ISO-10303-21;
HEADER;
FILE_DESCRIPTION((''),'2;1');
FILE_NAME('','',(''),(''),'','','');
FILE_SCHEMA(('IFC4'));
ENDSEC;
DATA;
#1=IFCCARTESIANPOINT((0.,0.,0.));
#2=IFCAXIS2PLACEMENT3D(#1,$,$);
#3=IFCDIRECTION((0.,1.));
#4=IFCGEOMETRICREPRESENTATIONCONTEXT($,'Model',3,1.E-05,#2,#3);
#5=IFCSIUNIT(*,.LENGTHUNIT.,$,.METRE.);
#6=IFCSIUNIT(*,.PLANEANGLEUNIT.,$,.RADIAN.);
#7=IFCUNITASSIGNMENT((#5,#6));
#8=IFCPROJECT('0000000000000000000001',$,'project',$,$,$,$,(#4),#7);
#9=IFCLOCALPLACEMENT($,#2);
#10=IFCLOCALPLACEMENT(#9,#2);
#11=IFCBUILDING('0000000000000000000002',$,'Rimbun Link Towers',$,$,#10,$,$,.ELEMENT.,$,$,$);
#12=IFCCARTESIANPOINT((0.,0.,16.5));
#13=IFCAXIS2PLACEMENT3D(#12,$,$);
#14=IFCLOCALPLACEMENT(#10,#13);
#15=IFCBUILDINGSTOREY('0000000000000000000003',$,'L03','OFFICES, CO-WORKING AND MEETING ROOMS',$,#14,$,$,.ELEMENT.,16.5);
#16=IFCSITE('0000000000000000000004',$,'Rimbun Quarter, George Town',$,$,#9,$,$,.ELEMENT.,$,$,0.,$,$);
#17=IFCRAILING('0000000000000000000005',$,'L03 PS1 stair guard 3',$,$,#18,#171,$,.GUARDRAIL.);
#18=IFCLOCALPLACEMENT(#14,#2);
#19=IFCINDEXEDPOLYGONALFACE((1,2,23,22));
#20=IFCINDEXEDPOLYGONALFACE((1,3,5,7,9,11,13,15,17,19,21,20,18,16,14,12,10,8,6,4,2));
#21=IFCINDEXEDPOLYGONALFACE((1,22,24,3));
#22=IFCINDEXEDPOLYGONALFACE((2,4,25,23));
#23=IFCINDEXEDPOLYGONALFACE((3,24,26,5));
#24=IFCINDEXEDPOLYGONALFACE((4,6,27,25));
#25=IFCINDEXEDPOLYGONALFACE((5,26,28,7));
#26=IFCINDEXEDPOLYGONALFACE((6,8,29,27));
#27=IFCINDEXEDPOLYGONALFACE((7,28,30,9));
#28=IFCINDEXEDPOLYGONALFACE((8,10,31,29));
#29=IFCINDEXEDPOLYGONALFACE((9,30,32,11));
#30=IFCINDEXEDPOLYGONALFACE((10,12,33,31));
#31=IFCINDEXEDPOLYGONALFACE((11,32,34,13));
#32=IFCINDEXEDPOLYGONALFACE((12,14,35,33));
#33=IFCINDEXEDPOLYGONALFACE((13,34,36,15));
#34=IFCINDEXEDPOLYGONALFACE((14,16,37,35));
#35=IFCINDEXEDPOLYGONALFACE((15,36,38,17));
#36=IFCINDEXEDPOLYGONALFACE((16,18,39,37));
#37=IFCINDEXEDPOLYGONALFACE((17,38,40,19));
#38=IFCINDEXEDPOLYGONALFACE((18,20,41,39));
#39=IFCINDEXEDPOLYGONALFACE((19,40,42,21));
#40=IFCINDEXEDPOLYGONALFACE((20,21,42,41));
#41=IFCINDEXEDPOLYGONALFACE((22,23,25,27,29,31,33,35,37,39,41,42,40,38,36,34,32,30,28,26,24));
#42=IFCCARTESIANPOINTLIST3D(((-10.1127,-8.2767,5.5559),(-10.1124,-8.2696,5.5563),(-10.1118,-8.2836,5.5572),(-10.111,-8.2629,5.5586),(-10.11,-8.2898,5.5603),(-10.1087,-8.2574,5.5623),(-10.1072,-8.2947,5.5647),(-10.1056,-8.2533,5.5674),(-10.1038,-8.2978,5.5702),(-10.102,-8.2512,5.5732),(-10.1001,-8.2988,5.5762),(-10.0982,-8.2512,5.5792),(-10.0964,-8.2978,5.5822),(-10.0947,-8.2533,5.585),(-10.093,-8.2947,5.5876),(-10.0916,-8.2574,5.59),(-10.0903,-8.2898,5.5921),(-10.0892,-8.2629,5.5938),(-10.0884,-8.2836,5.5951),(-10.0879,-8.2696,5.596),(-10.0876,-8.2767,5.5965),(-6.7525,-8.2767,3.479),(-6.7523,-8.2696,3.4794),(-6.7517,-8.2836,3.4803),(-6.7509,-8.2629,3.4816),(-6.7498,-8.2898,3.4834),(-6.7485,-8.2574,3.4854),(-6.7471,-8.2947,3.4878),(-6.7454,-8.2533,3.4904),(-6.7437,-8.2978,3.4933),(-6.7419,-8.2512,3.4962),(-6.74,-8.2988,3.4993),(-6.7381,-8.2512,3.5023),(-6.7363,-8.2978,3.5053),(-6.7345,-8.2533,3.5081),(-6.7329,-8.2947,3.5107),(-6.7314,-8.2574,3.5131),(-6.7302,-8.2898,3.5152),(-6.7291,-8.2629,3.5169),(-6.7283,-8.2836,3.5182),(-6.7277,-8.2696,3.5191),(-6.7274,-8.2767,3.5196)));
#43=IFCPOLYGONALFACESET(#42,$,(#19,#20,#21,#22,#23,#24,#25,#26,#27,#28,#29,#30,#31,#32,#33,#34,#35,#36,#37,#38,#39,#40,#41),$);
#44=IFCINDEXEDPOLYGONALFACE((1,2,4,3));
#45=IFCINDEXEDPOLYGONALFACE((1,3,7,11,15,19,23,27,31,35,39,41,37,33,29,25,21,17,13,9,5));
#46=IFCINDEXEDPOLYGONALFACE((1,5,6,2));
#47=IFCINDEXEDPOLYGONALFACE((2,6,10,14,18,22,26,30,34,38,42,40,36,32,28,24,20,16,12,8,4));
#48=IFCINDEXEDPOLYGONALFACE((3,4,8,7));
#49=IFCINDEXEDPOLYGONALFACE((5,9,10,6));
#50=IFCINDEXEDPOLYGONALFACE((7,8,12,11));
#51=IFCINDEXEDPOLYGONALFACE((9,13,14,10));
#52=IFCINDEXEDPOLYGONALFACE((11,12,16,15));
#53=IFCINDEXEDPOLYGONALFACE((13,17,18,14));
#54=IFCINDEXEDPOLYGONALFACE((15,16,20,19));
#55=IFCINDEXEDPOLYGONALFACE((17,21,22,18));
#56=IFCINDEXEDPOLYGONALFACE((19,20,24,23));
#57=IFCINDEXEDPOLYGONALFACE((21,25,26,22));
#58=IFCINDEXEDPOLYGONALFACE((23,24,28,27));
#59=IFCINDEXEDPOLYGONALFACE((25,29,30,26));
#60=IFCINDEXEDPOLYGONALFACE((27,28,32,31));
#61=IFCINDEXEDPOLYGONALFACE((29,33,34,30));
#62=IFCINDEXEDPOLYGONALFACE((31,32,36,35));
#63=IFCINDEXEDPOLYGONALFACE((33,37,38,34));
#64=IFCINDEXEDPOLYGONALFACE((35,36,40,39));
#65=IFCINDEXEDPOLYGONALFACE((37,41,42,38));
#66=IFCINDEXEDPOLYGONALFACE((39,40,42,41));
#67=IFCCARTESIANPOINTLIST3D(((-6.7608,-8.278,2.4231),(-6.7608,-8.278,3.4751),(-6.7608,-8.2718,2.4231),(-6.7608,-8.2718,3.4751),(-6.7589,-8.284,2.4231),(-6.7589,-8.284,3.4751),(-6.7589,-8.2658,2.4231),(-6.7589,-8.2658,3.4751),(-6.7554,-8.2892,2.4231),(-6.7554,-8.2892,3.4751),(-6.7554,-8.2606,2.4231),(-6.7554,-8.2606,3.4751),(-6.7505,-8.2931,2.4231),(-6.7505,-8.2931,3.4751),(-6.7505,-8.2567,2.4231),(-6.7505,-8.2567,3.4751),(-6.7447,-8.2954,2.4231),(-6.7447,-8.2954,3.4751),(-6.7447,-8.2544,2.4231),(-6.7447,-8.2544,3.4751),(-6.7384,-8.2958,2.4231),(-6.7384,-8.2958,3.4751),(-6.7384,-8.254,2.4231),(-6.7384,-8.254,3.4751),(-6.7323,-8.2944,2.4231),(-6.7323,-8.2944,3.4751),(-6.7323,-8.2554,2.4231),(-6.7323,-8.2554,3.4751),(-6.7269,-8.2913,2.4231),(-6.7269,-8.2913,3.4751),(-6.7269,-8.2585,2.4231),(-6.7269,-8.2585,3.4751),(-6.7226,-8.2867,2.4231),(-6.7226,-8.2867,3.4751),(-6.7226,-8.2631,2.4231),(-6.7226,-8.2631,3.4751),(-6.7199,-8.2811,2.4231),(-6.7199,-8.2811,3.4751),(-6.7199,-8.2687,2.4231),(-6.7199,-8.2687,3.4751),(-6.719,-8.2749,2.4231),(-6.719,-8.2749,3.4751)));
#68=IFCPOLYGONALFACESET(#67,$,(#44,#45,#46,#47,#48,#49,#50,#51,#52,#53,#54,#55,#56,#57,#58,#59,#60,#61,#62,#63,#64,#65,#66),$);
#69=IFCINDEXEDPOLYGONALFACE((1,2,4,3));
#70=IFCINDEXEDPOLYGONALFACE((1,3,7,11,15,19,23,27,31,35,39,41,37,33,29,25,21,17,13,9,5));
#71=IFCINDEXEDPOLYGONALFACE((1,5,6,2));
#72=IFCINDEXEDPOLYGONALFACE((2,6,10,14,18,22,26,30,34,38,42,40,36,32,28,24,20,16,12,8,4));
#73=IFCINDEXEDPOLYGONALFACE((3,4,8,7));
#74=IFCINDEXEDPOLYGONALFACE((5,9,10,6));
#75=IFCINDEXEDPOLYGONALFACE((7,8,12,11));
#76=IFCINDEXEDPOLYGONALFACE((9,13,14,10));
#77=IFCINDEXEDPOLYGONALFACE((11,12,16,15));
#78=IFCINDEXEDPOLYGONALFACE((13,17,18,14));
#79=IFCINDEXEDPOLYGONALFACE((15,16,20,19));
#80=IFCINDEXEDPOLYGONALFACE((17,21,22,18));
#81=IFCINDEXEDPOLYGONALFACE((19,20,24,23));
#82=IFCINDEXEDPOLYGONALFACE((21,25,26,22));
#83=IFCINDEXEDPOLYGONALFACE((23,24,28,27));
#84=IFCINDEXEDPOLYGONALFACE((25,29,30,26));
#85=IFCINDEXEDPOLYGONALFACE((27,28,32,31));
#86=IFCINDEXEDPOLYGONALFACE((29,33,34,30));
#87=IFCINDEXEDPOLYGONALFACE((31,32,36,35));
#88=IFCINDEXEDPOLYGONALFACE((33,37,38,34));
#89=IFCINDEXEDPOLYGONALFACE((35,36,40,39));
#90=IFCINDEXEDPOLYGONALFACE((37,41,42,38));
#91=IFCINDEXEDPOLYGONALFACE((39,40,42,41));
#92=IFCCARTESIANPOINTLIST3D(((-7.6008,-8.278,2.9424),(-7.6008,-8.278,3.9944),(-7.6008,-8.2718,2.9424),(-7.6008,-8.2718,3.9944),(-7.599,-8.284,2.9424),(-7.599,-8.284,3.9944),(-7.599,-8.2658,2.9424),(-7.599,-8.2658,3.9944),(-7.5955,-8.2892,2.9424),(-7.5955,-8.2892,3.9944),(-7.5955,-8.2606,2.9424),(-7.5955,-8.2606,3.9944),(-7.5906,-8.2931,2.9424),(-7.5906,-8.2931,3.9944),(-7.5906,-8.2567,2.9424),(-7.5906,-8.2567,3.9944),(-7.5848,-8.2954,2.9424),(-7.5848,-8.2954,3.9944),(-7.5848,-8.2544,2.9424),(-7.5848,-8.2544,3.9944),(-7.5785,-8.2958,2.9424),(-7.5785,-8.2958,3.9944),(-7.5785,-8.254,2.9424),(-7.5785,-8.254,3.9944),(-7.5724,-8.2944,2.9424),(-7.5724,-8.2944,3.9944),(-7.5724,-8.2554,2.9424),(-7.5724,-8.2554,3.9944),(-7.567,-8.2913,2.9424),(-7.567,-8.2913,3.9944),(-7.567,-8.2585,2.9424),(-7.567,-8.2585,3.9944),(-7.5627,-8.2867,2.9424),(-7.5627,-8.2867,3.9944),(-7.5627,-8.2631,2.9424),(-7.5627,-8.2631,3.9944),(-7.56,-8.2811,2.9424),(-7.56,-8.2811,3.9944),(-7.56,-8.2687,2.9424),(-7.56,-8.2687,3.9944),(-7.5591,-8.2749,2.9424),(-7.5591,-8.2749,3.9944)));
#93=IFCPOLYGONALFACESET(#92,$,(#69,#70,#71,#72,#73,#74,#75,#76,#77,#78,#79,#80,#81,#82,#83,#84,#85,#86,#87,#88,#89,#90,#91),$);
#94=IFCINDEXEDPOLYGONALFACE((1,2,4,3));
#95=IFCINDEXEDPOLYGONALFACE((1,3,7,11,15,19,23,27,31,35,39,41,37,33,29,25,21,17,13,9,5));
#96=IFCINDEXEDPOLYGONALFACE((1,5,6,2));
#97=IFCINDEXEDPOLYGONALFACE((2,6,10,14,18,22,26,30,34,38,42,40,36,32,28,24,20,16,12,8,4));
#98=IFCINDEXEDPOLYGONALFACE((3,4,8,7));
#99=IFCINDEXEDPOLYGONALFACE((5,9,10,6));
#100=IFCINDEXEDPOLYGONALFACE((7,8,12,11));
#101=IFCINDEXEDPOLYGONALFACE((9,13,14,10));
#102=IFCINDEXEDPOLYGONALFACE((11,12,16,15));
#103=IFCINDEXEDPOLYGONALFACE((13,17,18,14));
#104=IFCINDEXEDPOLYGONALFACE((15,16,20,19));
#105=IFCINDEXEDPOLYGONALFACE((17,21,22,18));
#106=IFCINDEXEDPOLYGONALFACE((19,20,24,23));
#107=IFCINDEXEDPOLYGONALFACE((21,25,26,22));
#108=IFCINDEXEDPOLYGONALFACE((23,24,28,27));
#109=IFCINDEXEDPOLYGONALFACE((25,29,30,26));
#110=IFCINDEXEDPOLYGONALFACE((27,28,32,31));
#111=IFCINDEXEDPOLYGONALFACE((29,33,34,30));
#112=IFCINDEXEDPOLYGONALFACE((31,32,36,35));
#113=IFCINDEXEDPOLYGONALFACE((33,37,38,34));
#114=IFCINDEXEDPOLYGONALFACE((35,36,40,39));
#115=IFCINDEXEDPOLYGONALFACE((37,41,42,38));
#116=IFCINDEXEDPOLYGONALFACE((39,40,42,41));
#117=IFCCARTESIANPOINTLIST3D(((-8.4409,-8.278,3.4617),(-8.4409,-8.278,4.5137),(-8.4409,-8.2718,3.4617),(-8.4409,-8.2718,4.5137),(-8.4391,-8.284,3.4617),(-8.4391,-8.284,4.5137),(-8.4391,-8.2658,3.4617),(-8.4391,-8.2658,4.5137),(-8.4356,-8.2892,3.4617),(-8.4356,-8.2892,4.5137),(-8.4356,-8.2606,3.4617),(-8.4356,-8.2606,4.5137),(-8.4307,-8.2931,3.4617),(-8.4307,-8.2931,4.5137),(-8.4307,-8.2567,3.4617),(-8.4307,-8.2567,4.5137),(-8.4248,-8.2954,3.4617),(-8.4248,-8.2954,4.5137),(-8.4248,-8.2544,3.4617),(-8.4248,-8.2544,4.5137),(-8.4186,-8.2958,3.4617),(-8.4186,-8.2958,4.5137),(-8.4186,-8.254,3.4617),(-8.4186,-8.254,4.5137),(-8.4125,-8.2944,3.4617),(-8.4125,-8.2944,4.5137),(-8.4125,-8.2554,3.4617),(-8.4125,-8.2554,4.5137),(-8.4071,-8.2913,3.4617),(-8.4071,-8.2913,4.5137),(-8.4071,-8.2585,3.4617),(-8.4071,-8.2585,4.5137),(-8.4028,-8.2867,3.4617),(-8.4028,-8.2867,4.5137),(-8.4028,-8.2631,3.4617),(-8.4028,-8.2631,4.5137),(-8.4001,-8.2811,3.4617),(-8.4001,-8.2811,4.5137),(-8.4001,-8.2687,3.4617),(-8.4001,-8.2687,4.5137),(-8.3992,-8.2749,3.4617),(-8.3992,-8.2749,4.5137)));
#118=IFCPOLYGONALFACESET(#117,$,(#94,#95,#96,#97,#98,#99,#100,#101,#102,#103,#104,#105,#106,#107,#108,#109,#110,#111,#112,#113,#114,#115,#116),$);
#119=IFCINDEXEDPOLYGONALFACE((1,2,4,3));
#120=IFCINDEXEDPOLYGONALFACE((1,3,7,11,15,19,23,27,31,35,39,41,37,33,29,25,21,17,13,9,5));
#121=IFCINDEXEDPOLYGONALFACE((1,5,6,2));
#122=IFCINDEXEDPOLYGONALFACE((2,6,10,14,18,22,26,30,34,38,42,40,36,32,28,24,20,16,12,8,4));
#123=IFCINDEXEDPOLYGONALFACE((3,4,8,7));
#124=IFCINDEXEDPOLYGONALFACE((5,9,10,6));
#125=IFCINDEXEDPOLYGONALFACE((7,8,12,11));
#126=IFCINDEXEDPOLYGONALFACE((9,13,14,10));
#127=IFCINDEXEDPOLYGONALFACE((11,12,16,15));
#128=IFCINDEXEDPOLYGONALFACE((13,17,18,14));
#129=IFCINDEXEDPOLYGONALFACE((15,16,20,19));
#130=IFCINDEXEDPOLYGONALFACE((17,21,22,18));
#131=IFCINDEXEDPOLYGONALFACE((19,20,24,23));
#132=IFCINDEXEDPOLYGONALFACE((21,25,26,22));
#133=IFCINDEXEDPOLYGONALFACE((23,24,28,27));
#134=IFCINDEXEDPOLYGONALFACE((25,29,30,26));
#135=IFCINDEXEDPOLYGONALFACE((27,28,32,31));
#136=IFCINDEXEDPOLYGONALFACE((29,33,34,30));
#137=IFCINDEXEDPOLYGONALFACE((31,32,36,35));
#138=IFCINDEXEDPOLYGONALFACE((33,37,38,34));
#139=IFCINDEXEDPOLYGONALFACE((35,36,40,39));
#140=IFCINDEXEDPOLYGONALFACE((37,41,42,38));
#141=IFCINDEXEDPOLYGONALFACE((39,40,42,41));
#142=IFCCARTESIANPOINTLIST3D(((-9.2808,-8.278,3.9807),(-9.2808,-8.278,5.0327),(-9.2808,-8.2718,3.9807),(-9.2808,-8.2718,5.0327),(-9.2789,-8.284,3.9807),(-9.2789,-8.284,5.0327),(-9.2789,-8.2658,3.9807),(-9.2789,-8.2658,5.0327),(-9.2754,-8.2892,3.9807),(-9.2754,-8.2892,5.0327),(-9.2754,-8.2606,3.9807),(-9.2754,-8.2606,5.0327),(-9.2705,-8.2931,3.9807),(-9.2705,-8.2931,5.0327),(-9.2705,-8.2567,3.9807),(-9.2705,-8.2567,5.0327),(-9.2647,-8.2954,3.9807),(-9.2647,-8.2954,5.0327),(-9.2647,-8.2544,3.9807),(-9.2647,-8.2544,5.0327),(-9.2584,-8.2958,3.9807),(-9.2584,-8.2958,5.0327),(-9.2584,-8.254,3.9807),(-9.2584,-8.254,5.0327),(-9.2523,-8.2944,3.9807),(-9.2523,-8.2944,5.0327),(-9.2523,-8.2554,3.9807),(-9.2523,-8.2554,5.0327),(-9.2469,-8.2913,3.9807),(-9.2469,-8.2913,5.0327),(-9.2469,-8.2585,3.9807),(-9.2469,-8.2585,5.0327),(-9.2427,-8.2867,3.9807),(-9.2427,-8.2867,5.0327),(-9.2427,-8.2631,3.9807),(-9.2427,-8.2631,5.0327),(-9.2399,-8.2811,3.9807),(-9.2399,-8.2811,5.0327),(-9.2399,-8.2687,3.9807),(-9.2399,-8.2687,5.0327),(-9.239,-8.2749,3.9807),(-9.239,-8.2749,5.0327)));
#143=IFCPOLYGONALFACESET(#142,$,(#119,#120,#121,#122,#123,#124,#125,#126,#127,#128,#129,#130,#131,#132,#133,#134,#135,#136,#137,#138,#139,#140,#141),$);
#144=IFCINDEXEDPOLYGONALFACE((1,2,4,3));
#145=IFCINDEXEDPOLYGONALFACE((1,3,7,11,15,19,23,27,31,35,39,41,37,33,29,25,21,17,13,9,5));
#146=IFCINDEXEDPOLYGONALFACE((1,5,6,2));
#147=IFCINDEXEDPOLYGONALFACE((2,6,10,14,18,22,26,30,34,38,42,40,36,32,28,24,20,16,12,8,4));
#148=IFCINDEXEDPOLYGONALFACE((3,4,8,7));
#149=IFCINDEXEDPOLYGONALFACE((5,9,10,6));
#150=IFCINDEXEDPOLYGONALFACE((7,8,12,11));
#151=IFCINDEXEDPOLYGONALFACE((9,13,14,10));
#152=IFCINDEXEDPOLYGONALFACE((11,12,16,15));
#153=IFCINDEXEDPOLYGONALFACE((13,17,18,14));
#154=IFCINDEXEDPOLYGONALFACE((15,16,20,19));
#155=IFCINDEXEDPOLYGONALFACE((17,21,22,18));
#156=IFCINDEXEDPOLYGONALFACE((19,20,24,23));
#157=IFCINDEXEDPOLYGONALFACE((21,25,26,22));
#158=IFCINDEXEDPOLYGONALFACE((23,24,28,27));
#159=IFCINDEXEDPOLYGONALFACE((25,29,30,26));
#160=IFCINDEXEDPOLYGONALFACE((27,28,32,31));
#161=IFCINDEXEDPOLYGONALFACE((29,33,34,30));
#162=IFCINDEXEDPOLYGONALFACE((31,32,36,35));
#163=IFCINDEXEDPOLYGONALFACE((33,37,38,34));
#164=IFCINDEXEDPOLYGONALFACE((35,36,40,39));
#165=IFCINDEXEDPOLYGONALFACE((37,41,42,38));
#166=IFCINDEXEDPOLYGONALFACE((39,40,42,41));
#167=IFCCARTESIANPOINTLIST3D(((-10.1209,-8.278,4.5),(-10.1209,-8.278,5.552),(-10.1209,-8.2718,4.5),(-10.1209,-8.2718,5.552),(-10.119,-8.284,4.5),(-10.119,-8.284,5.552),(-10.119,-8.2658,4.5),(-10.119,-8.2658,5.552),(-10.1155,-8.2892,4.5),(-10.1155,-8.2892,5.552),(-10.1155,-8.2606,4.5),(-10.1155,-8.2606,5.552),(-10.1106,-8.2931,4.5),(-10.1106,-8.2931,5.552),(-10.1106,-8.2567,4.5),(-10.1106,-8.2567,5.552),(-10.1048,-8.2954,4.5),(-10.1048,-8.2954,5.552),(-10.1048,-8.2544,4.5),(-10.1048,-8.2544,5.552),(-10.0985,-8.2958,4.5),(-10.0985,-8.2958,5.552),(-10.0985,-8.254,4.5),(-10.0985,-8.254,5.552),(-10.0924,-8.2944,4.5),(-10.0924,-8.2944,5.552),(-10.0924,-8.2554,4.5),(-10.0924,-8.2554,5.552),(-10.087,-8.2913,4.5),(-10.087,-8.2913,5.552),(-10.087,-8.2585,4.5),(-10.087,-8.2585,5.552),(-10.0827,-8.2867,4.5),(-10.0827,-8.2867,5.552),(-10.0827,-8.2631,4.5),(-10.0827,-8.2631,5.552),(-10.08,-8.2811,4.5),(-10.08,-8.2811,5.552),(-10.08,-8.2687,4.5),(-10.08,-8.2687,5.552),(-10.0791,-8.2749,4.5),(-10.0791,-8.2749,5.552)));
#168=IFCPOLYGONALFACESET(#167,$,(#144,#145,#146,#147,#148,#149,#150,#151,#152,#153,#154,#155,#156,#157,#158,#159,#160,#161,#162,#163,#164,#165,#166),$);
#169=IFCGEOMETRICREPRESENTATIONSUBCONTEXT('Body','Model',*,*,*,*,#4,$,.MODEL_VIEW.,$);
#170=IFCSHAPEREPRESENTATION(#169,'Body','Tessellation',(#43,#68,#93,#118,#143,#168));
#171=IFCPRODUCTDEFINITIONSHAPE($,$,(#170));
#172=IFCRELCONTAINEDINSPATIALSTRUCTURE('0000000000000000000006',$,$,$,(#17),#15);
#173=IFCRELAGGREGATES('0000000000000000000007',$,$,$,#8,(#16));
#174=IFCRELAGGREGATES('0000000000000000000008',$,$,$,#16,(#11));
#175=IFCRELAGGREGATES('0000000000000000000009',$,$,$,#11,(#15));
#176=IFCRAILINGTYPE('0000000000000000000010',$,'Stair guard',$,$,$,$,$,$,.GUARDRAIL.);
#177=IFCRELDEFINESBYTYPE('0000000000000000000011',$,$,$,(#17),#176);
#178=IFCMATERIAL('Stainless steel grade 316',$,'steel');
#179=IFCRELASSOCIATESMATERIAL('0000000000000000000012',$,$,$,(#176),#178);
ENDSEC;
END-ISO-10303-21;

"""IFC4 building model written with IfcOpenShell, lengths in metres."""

from ifc_helpers import new_model, si_unit, direction, frame, origin, origin_2d, place, context, subcontext, project, spatial, circle, extrude, material, type_object, element, save


model = new_model("IFC4")

# Units and contexts
model_context = context("Model", 3, precision=1e-05, world=origin(), true_north=direction((0.0, 1.0)))
body_context = subcontext(model_context, "Body", "Model", "MODEL_VIEW")
ifc_project = project(units=[si_unit("LENGTHUNIT", "METRE"), si_unit("PLANEANGLEUNIT", "RADIAN")], contexts=[model_context])

# Site, building, storey
site_placement = place(None, origin())
site = spatial("IfcSite", under=ifc_project, at=site_placement, Name="Rimbun Quarter, George Town", CompositionType="ELEMENT", RefElevation=0.0)
building_placement = place(site_placement, origin())
building = spatial("IfcBuilding", under=site, at=building_placement, Name="Rimbun Link Towers", CompositionType="ELEMENT")
storey_placement = place(building_placement, frame((0.0, 0.0, 16.5)))
storey = spatial("IfcBuildingStorey", under=building, at=storey_placement, Name="L03", Description="OFFICES, CO-WORKING AND MEETING ROOMS", CompositionType="ELEMENT", Elevation=16.5)

# Railing
ifc_material_1 = material(Name="Stainless steel grade 316", Category="steel")
railing_type_1 = type_object("IfcRailingType", Name="Stair guard", PredefinedType="GUARDRAIL", material=ifc_material_1)
railing_1_placement = place(storey_placement, frame((-6.74, -8.2749, 2.4231)))
element("IfcRailing", 1, at=railing_1_placement, inside=storey, type_object=railing_type_1, Name="L03 PS1 stair guard 3", PredefinedType="GUARDRAIL", context=body_context, shape_type="SweptSolid", body=[
    extrude(circle(Radius=0.0239, at=origin_2d()), frame((0.0, 0.0, 1.0762), z_axis=(-0.850623, 0.0, 0.525776), x_axis=(0.0, -1.0, 0.0)), (0.0, 0.0, 1.0), 3.9502),
    extrude(circle(Radius=0.021, at=origin_2d()), origin(), (0.0, 0.0, 1.0), 1.052),
    extrude(circle(Radius=0.021, at=origin_2d()), frame((-0.8401, 0.0, 0.5193)), (0.0, 0.0, 1.0), 1.052),
    extrude(circle(Radius=0.021, at=origin_2d()), frame((-1.6802, 0.0, 1.0386)), (0.0, 0.0, 1.0), 1.052),
    extrude(circle(Radius=0.021, at=origin_2d()), frame((-2.52, 0.0, 1.5576)), (0.0, 0.0, 1.0), 1.052),
    extrude(circle(Radius=0.021, at=origin_2d()), frame((-3.3601, 0.0, 2.0769)), (0.0, 0.0, 1.0), 1.052),
])

save(model, "model.ifc")
